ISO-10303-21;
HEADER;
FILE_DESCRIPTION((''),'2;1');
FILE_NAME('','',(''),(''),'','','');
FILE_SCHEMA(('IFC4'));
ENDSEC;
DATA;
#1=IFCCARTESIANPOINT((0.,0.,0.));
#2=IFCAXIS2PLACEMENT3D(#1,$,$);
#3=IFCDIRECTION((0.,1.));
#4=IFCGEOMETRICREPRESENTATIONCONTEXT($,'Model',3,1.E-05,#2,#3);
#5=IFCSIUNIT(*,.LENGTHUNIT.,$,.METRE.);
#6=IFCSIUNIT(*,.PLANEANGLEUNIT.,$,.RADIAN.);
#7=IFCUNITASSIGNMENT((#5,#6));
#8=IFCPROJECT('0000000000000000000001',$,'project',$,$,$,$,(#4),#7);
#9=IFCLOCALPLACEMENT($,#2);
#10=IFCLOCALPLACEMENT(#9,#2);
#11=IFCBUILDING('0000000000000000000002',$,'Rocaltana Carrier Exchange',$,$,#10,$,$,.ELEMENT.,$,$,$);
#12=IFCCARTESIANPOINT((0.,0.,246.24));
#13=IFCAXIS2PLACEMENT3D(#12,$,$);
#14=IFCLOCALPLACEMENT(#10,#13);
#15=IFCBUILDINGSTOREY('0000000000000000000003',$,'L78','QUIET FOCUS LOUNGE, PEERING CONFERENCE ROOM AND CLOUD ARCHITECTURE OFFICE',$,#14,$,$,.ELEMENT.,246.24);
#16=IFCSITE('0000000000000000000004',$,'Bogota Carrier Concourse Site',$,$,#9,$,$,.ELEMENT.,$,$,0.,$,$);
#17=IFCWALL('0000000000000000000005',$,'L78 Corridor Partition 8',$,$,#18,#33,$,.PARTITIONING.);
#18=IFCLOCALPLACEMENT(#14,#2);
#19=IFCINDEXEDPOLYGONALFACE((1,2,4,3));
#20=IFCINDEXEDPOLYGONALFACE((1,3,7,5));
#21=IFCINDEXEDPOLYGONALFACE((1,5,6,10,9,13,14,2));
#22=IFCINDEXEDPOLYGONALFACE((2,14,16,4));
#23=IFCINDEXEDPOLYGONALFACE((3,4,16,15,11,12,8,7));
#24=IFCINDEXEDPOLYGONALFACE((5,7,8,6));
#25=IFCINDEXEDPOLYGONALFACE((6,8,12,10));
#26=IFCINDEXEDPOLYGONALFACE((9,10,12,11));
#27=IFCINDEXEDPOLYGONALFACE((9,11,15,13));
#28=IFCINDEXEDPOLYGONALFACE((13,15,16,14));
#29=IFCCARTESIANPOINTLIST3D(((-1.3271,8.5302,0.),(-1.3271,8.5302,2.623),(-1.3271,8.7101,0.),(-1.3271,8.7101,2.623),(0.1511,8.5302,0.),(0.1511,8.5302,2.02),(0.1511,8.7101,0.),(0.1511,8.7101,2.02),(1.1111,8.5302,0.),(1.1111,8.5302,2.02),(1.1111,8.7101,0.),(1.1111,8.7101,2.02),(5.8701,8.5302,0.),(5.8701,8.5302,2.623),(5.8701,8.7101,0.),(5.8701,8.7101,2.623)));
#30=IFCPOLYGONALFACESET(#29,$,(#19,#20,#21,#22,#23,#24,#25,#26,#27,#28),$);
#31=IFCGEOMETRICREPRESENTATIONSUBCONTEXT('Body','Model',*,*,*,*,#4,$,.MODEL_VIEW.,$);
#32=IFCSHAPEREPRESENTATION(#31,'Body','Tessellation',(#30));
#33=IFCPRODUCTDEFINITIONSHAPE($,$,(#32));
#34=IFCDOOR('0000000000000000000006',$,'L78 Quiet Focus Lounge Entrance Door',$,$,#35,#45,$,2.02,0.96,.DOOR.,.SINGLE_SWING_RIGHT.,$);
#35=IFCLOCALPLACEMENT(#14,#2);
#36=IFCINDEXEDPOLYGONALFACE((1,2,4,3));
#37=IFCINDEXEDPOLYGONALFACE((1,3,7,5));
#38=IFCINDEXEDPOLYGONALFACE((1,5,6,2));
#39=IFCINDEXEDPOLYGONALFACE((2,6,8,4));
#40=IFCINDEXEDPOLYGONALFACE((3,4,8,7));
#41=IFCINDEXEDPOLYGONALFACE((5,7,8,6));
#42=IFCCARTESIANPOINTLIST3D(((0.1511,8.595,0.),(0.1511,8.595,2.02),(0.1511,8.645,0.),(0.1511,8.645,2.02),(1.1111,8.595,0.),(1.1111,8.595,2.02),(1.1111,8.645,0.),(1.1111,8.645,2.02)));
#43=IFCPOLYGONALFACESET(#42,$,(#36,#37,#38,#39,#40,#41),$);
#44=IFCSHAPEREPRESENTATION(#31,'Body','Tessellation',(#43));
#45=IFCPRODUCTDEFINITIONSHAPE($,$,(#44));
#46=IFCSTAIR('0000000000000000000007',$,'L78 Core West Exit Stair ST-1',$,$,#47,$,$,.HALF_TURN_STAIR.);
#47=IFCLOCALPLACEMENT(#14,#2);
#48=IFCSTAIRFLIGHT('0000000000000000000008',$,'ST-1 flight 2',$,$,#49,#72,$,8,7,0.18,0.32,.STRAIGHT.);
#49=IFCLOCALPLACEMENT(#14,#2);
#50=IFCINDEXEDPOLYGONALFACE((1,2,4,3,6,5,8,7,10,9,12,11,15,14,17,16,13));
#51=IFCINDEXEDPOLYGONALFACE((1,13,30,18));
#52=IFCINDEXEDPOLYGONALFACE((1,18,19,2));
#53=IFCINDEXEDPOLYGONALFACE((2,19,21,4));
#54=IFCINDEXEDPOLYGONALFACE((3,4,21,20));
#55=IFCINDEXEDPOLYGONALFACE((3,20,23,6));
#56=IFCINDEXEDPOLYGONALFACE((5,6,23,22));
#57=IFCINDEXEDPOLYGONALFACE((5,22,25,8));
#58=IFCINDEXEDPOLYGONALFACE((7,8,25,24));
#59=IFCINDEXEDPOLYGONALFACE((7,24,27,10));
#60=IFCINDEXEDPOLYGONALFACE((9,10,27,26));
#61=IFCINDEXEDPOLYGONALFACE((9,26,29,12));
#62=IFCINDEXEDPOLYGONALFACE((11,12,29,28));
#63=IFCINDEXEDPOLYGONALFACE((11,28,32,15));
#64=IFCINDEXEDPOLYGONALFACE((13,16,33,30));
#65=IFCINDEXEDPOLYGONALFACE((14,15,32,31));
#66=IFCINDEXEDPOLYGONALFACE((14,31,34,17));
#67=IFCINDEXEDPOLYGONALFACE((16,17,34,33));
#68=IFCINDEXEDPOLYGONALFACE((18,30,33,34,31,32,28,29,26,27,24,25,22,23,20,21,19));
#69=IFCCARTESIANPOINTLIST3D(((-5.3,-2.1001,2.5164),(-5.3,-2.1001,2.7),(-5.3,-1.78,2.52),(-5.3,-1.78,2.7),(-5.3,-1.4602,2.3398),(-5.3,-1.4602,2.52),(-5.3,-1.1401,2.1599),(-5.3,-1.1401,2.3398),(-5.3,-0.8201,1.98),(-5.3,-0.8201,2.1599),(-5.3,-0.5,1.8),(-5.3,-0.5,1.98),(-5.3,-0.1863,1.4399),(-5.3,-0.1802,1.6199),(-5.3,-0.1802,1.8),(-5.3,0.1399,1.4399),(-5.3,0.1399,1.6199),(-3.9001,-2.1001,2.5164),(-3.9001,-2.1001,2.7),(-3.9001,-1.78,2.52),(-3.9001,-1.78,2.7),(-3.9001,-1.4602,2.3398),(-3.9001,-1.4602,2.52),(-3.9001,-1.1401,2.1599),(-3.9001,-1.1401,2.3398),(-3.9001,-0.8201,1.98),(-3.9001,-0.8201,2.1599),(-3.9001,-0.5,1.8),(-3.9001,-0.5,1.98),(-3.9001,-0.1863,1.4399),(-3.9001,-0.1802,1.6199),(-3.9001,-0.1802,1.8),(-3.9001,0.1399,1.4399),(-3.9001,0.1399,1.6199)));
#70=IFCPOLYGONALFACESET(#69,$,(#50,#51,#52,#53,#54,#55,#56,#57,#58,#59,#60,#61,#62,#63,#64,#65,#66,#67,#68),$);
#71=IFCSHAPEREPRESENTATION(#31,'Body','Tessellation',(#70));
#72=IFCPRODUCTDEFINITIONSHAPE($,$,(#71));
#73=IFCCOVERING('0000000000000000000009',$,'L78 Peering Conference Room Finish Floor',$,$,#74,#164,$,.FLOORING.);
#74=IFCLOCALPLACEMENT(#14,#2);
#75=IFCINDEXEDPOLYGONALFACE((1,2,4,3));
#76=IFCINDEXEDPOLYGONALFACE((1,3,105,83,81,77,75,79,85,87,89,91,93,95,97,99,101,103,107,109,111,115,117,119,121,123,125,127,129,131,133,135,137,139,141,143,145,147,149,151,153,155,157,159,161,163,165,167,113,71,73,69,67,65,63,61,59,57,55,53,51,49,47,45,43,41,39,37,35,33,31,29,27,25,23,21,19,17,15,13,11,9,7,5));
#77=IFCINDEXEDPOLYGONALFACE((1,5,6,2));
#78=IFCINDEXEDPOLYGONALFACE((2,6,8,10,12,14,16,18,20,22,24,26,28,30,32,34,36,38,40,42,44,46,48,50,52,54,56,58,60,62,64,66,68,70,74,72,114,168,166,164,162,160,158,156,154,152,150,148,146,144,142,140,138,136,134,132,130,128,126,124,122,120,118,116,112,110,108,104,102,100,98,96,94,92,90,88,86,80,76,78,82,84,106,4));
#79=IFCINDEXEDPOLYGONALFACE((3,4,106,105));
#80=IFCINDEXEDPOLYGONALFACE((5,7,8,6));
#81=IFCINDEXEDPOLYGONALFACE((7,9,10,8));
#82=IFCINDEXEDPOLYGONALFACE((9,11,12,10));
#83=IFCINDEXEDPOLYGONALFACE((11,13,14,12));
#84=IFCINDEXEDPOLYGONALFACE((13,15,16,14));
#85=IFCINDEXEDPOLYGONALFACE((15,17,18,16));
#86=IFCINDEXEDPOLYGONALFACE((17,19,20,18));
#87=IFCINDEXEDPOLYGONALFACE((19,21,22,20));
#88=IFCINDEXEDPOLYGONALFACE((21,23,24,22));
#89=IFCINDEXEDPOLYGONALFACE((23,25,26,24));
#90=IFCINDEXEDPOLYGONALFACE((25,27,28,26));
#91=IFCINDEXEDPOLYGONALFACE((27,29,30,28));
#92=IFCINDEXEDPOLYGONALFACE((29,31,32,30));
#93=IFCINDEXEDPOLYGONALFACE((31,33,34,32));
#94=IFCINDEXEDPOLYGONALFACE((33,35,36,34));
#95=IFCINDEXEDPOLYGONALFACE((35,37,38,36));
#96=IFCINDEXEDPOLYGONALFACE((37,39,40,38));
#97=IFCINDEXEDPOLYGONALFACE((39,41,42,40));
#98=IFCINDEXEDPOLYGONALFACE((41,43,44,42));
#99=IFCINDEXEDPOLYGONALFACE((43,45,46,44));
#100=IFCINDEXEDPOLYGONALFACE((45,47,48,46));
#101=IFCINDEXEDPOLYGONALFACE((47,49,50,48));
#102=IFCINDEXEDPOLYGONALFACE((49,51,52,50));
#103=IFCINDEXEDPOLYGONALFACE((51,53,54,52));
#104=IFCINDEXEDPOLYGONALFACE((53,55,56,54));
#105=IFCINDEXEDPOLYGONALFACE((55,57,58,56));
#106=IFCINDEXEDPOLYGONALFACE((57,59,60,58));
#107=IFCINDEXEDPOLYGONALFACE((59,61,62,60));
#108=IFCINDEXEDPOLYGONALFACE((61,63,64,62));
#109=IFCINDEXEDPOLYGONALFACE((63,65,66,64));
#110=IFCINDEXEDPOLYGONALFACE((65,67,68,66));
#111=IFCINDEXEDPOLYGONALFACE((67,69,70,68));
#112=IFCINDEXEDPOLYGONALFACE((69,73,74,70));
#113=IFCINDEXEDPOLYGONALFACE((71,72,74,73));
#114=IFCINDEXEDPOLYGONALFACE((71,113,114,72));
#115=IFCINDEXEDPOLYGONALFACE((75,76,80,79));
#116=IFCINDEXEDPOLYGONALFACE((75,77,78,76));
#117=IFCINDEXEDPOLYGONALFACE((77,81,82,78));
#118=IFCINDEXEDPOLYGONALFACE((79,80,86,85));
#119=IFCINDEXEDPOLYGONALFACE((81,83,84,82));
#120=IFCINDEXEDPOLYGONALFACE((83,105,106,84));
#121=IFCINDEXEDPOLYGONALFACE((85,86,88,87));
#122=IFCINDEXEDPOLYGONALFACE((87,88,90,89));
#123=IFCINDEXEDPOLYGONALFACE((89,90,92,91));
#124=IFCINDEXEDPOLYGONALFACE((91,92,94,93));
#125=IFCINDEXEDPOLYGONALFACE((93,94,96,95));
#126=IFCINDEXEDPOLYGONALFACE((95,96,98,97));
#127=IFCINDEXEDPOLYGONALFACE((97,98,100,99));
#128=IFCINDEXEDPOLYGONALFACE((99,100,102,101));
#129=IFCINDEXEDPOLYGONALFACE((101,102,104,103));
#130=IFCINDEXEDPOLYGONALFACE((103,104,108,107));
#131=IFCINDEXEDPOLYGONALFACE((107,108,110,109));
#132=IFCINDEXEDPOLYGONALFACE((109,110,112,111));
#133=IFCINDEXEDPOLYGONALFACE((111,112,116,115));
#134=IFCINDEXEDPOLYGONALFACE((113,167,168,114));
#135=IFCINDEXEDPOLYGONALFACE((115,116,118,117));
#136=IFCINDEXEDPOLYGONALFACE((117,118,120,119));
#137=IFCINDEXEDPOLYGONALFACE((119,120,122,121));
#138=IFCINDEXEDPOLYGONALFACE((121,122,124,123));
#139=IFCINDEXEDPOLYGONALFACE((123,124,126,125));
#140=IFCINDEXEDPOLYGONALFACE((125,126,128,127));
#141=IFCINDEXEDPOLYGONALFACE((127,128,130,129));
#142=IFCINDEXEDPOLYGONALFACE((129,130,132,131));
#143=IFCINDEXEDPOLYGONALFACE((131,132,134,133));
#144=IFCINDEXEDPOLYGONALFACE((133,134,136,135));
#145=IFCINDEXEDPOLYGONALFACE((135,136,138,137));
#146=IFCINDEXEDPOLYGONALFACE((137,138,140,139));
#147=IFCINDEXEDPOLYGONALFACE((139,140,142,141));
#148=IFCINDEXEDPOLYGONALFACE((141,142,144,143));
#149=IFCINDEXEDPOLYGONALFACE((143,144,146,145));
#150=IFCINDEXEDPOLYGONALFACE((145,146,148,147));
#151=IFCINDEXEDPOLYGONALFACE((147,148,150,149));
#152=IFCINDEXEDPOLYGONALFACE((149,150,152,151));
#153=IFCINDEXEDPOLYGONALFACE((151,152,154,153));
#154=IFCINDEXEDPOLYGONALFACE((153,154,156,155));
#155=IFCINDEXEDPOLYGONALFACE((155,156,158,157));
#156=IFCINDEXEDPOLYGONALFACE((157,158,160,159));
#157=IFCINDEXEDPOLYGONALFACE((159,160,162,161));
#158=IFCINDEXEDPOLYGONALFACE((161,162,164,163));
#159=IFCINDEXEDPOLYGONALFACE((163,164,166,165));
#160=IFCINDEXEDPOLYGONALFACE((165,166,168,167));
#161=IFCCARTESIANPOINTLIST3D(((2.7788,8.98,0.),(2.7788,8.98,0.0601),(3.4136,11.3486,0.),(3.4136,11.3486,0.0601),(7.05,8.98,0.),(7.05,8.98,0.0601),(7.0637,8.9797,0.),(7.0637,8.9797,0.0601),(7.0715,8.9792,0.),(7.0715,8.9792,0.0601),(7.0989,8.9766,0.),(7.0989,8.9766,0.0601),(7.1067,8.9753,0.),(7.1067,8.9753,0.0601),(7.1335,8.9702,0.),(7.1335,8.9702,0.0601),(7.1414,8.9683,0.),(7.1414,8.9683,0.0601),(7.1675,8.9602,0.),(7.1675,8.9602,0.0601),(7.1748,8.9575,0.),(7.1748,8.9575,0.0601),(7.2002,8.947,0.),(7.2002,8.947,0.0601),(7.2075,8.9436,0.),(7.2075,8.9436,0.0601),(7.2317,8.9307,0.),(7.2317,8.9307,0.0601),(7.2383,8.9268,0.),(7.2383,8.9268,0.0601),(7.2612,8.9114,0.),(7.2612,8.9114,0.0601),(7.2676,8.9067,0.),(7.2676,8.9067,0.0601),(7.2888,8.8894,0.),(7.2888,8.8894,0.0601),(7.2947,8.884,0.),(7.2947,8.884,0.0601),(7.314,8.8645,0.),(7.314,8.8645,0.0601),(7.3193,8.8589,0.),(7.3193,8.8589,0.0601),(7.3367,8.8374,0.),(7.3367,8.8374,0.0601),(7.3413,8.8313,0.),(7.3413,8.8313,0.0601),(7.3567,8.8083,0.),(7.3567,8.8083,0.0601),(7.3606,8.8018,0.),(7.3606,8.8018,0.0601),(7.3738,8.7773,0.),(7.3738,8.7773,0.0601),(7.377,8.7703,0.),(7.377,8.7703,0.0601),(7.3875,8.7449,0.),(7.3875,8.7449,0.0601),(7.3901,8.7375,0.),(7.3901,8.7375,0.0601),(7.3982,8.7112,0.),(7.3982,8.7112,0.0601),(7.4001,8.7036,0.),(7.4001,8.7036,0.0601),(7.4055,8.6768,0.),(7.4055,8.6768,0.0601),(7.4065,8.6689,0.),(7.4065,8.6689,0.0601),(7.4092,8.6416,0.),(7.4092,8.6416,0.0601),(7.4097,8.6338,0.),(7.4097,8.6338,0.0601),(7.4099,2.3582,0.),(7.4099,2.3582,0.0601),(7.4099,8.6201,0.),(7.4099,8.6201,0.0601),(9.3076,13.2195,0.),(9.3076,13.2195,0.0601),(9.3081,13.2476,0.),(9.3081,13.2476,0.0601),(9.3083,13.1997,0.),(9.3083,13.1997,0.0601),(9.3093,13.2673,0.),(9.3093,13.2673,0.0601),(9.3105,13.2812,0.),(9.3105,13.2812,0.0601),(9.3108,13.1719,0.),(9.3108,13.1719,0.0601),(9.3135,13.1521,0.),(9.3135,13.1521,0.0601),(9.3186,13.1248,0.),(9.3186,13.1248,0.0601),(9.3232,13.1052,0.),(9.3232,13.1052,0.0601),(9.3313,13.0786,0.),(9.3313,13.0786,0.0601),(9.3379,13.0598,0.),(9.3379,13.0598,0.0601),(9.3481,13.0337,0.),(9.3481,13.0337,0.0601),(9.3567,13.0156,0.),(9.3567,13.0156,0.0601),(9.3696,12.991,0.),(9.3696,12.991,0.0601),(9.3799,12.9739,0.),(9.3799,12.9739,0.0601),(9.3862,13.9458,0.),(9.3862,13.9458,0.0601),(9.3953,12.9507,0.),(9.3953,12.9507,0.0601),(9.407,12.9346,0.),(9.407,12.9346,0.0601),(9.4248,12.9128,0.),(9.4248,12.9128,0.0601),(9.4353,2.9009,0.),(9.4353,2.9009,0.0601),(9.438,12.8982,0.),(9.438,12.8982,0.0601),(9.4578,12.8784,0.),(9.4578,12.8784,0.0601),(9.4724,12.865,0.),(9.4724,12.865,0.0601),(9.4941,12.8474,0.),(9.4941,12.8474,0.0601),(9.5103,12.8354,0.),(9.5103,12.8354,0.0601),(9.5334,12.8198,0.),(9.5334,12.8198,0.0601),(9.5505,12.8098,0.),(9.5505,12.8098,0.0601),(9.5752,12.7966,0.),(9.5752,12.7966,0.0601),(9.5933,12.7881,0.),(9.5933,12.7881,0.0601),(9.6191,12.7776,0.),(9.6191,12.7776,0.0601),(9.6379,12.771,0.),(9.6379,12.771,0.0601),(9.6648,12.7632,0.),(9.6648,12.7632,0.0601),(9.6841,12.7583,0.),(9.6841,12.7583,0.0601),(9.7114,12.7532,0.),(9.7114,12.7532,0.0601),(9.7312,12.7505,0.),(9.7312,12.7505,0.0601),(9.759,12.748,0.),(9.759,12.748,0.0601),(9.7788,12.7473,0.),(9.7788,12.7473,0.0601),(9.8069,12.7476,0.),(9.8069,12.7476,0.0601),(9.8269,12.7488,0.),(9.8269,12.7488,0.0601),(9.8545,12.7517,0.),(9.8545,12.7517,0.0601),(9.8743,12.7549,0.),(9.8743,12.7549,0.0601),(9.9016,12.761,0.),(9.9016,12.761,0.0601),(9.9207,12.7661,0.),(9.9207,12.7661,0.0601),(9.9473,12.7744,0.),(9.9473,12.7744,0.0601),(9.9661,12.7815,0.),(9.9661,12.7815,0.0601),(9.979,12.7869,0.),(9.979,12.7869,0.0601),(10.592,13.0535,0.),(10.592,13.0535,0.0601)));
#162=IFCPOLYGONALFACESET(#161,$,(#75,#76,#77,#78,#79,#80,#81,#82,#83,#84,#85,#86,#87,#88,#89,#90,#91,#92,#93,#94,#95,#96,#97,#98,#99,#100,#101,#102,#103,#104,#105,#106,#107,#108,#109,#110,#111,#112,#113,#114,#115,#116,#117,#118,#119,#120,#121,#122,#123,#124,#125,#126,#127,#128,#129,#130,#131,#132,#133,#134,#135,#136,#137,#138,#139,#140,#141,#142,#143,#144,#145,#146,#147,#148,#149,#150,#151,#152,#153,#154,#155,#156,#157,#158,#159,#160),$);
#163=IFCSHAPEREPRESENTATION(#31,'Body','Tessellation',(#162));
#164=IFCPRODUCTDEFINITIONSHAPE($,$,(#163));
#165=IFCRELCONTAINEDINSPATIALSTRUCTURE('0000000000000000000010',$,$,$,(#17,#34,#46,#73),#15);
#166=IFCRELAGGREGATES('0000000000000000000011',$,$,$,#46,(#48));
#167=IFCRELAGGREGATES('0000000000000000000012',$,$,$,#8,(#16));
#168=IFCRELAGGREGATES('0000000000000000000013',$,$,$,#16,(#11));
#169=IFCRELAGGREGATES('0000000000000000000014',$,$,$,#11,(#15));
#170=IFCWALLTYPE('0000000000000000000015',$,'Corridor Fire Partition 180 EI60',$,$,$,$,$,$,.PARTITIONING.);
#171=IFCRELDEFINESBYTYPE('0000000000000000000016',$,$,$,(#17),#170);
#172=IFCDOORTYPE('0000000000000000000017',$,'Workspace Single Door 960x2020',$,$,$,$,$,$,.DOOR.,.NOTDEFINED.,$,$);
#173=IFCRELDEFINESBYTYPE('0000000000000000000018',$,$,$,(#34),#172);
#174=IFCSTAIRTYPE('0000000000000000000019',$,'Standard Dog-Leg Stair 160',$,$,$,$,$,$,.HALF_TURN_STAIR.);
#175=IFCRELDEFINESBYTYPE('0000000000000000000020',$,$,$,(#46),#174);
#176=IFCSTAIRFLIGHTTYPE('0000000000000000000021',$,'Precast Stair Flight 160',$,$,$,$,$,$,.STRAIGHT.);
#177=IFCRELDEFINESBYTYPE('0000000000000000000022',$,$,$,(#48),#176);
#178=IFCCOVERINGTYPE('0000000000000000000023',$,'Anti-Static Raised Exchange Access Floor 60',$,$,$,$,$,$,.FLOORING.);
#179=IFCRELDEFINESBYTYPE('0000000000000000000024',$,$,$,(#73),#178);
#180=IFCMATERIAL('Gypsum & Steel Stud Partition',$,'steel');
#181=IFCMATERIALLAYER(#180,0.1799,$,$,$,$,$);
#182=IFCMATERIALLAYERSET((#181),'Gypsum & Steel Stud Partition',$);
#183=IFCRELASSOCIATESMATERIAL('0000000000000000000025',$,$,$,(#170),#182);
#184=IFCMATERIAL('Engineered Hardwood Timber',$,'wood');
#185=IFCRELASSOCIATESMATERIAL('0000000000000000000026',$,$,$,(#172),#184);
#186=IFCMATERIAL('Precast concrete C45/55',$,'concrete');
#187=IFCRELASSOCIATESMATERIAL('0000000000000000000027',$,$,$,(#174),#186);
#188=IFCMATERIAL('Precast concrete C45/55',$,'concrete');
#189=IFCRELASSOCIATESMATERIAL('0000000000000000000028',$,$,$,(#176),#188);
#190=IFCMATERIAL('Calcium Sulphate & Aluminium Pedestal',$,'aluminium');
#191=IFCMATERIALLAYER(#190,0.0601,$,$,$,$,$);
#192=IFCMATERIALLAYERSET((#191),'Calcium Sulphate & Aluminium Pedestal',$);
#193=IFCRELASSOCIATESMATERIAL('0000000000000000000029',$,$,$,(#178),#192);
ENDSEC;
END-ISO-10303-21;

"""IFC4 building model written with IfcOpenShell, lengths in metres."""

from ifc_helpers import new_model, si_unit, direction, frame, frame_2d, origin, place, context, subcontext, project, spatial, polyline, rectangle, outline, extrude, material, layer, layer_set, type_object, element, fill, aggregate, save


model = new_model("IFC4")

# Units and contexts
model_context = context("Model", 3, precision=1e-05, world=origin(), true_north=direction((0.0, 1.0)))
body_context = subcontext(model_context, "Body", "Model", "MODEL_VIEW")
ifc_project = project(units=[si_unit("LENGTHUNIT", "METRE"), si_unit("PLANEANGLEUNIT", "RADIAN")], contexts=[model_context])

# Site, building, storey
site_placement = place(None, origin())
site = spatial("IfcSite", under=ifc_project, at=site_placement, Name="Bogota Carrier Concourse Site", CompositionType="ELEMENT", RefElevation=0.0)
building_placement = place(site_placement, origin())
building = spatial("IfcBuilding", under=site, at=building_placement, Name="Rocaltana Carrier Exchange", CompositionType="ELEMENT")
storey_placement = place(building_placement, frame((0.0, 0.0, 246.24)))
storey = spatial("IfcBuildingStorey", under=building, at=storey_placement, Name="L78", Description="QUIET FOCUS LOUNGE, PEERING CONFERENCE ROOM AND CLOUD ARCHITECTURE OFFICE", CompositionType="ELEMENT", Elevation=246.24)

# Shared definitions
ifc_material_1 = material(Name="Gypsum & Steel Stud Partition", Category="steel")
ifc_layer_1 = layer(ifc_material_1, 0.1799)
ifc_layer_set_1 = layer_set([ifc_layer_1], Name="Gypsum & Steel Stud Partition")
wall_type_1 = type_object("IfcWallType", Name="Corridor Fire Partition 180 EI60", PredefinedType="PARTITIONING", material=ifc_layer_set_1)

# Wall, opening, door
wall_1_placement = place(storey_placement, frame((-1.3271, 8.6201, 0.0), z_axis=(0.0, 0.0, 1.0), x_axis=(1.0, 0.0, 0.0)))
wall_1 = element("IfcWall", 1, at=wall_1_placement, inside=storey, type_object=wall_type_1, Name="L78 Corridor Partition 8", PredefinedType="PARTITIONING", context=body_context, shape_type="SweptSolid", body=[
    extrude(rectangle(XDim=7.1973, YDim=0.1799, at=frame_2d((3.5986, 0.0))), origin(), (0.0, 0.0, 1.0), 2.623),
])
opening_placement = place(wall_1_placement, frame((1.4783, 0.0, 0.0)))
opening = element("IfcOpeningElement", 2, at=opening_placement, cuts=wall_1, PredefinedType="OPENING", context=body_context, shape_type="SweptSolid", body=[
    extrude(rectangle(XDim=0.96, YDim=2.02, at=frame_2d((0.48, 1.01))), frame((0.0, 0.0999, 0.0), z_axis=(0.0, -1.0, 0.0), x_axis=(1.0, 0.0, 0.0)), (0.0, 0.0, 1.0), 0.2),
])
ifc_material_2 = material(Name="Engineered Hardwood Timber", Category="wood")
door_type = type_object("IfcDoorType", Name="Workspace Single Door 960x2020", OperationType="NOTDEFINED", PredefinedType="DOOR", material=ifc_material_2)
door_placement = place(opening_placement, origin())
door = element("IfcDoor", 3, at=door_placement, inside=storey, type_object=door_type, Name="L78 Quiet Focus Lounge Entrance Door", OperationType="SINGLE_SWING_RIGHT", OverallHeight=2.02, OverallWidth=0.96, PredefinedType="DOOR", context=body_context, shape_type="SweptSolid", body=[
    extrude(rectangle(XDim=0.96, YDim=2.02, at=frame_2d((0.48, 1.01))), frame((0.0, 0.0249, 0.0), z_axis=(0.0, -1.0, 0.0), x_axis=(1.0, 0.0, 0.0)), (0.0, 0.0, 1.0), 0.05),
])
fill(opening, door)

# Stair, stair flight
ifc_material_3 = material(Name="Precast concrete C45/55", Category="concrete")
stair_type = type_object("IfcStairType", Name="Standard Dog-Leg Stair 160", PredefinedType="HALF_TURN_STAIR", material=ifc_material_3)
stair_placement = place(storey_placement, origin())
stair = element("IfcStair", 4, at=stair_placement, inside=storey, type_object=stair_type, Name="L78 Core West Exit Stair ST-1", PredefinedType="HALF_TURN_STAIR")
ifc_material_4 = material(Name="Precast concrete C45/55", Category="concrete")
stair_flight_type = type_object("IfcStairFlightType", Name="Precast Stair Flight 160", PredefinedType="STRAIGHT", material=ifc_material_4)
stair_flight_placement = place(storey_placement, frame((-4.6001, 0.1399, 1.4399), z_axis=(0.0, 0.0, 1.0), x_axis=(0.0, -1.0, 0.0)))
stair_flight = element("IfcStairFlight", 5, at=stair_flight_placement, type_object=stair_flight_type, Name="ST-1 flight 2", NumberOfRisers=8, NumberOfTreads=7, PredefinedType="STRAIGHT", RiserHeight=0.18, TreadLength=0.32, context=body_context, shape_type="SweptSolid", body=[
    extrude(outline(polyline([(0.0, 0.0), (0.0, 0.1799), (0.3201, 0.1799), (0.3201, 0.3601), (0.6399, 0.3601), (0.6399, 0.54), (0.96, 0.54), (0.96, 0.72), (1.28, 0.72), (1.28, 0.8999), (1.6001, 0.8999), (1.6001, 1.0801), (1.9199, 1.0801), (1.9199, 1.26), (2.24, 1.26), (2.24, 1.4399), (2.24, 1.0764), (0.3262, 0.0), (0.0, 0.0)])), frame((0.0, 0.7, 0.0), z_axis=(0.0, -1.0, 0.0), x_axis=(1.0, 0.0, 0.0)), (0.0, 0.0, 1.0), 1.3999),
])
aggregate(stair, [stair_flight])

# Covering
ifc_material_5 = material(Name="Calcium Sulphate & Aluminium Pedestal", Category="aluminium")
ifc_layer_2 = layer(ifc_material_5, 0.0601)
ifc_layer_set_2 = layer_set([ifc_layer_2], Name="Calcium Sulphate & Aluminium Pedestal")
covering_type_1 = type_object("IfcCoveringType", Name="Anti-Static Raised Exchange Access Floor 60", PredefinedType="FLOORING", material=ifc_layer_set_2)
covering_1_placement = place(storey_placement, origin())
element("IfcCovering", 6, at=covering_1_placement, inside=storey, type_object=covering_type_1, Name="L78 Peering Conference Room Finish Floor", PredefinedType="FLOORING", context=body_context, shape_type="SweptSolid", body=[
    extrude(outline(polyline([(9.3862, 13.9458), (9.3105, 13.2812), (9.3093, 13.2673), (9.3081, 13.2476), (9.3076, 13.2195), (9.3083, 13.1997), (9.3108, 13.1719), (9.3135, 13.1521), (9.3186, 13.1248), (9.3232, 13.1052), (9.3313, 13.0786), (9.3379, 13.0598), (9.3481, 13.0337), (9.3567, 13.0156), (9.3696, 12.991), (9.3799, 12.9739), (9.3953, 12.9507), (9.407, 12.9346), (9.4248, 12.9128), (9.438, 12.8982), (9.4578, 12.8784), (9.4724, 12.865), (9.4941, 12.8474), (9.5103, 12.8354), (9.5334, 12.8198), (9.5505, 12.8098), (9.5752, 12.7966), (9.5933, 12.7881), (9.6191, 12.7776), (9.6379, 12.771), (9.6648, 12.7632), (9.6841, 12.7583), (9.7114, 12.7532), (9.7312, 12.7505), (9.759, 12.748), (9.7788, 12.7473), (9.8069, 12.7476), (9.8269, 12.7488), (9.8545, 12.7517), (9.8743, 12.7549), (9.9016, 12.761), (9.9207, 12.7661), (9.9473, 12.7744), (9.9661, 12.7815), (9.979, 12.7869), (10.592, 13.0535), (9.4353, 2.9009), (7.4099, 2.3582), (7.4099, 8.6201), (7.4097, 8.6338), (7.4092, 8.6416), (7.4065, 8.6689), (7.4055, 8.6768), (7.4001, 8.7036), (7.3982, 8.7112), (7.3901, 8.7375), (7.3875, 8.7449), (7.377, 8.7703), (7.3738, 8.7773), (7.3606, 8.8018), (7.3567, 8.8083), (7.3413, 8.8313), (7.3367, 8.8374), (7.3193, 8.8589), (7.314, 8.8645), (7.2947, 8.884), (7.2888, 8.8894), (7.2676, 8.9067), (7.2612, 8.9114), (7.2383, 8.9268), (7.2317, 8.9307), (7.2075, 8.9436), (7.2002, 8.947), (7.1748, 8.9575), (7.1675, 8.9602), (7.1414, 8.9683), (7.1335, 8.9702), (7.1067, 8.9753), (7.0989, 8.9766), (7.0715, 8.9792), (7.0637, 8.9797), (7.05, 8.98), (2.7788, 8.98), (3.4136, 11.3486), (9.3862, 13.9458)])), origin(), (0.0, 0.0, 1.0), 0.0601),
])

save(model, "model.ifc")
